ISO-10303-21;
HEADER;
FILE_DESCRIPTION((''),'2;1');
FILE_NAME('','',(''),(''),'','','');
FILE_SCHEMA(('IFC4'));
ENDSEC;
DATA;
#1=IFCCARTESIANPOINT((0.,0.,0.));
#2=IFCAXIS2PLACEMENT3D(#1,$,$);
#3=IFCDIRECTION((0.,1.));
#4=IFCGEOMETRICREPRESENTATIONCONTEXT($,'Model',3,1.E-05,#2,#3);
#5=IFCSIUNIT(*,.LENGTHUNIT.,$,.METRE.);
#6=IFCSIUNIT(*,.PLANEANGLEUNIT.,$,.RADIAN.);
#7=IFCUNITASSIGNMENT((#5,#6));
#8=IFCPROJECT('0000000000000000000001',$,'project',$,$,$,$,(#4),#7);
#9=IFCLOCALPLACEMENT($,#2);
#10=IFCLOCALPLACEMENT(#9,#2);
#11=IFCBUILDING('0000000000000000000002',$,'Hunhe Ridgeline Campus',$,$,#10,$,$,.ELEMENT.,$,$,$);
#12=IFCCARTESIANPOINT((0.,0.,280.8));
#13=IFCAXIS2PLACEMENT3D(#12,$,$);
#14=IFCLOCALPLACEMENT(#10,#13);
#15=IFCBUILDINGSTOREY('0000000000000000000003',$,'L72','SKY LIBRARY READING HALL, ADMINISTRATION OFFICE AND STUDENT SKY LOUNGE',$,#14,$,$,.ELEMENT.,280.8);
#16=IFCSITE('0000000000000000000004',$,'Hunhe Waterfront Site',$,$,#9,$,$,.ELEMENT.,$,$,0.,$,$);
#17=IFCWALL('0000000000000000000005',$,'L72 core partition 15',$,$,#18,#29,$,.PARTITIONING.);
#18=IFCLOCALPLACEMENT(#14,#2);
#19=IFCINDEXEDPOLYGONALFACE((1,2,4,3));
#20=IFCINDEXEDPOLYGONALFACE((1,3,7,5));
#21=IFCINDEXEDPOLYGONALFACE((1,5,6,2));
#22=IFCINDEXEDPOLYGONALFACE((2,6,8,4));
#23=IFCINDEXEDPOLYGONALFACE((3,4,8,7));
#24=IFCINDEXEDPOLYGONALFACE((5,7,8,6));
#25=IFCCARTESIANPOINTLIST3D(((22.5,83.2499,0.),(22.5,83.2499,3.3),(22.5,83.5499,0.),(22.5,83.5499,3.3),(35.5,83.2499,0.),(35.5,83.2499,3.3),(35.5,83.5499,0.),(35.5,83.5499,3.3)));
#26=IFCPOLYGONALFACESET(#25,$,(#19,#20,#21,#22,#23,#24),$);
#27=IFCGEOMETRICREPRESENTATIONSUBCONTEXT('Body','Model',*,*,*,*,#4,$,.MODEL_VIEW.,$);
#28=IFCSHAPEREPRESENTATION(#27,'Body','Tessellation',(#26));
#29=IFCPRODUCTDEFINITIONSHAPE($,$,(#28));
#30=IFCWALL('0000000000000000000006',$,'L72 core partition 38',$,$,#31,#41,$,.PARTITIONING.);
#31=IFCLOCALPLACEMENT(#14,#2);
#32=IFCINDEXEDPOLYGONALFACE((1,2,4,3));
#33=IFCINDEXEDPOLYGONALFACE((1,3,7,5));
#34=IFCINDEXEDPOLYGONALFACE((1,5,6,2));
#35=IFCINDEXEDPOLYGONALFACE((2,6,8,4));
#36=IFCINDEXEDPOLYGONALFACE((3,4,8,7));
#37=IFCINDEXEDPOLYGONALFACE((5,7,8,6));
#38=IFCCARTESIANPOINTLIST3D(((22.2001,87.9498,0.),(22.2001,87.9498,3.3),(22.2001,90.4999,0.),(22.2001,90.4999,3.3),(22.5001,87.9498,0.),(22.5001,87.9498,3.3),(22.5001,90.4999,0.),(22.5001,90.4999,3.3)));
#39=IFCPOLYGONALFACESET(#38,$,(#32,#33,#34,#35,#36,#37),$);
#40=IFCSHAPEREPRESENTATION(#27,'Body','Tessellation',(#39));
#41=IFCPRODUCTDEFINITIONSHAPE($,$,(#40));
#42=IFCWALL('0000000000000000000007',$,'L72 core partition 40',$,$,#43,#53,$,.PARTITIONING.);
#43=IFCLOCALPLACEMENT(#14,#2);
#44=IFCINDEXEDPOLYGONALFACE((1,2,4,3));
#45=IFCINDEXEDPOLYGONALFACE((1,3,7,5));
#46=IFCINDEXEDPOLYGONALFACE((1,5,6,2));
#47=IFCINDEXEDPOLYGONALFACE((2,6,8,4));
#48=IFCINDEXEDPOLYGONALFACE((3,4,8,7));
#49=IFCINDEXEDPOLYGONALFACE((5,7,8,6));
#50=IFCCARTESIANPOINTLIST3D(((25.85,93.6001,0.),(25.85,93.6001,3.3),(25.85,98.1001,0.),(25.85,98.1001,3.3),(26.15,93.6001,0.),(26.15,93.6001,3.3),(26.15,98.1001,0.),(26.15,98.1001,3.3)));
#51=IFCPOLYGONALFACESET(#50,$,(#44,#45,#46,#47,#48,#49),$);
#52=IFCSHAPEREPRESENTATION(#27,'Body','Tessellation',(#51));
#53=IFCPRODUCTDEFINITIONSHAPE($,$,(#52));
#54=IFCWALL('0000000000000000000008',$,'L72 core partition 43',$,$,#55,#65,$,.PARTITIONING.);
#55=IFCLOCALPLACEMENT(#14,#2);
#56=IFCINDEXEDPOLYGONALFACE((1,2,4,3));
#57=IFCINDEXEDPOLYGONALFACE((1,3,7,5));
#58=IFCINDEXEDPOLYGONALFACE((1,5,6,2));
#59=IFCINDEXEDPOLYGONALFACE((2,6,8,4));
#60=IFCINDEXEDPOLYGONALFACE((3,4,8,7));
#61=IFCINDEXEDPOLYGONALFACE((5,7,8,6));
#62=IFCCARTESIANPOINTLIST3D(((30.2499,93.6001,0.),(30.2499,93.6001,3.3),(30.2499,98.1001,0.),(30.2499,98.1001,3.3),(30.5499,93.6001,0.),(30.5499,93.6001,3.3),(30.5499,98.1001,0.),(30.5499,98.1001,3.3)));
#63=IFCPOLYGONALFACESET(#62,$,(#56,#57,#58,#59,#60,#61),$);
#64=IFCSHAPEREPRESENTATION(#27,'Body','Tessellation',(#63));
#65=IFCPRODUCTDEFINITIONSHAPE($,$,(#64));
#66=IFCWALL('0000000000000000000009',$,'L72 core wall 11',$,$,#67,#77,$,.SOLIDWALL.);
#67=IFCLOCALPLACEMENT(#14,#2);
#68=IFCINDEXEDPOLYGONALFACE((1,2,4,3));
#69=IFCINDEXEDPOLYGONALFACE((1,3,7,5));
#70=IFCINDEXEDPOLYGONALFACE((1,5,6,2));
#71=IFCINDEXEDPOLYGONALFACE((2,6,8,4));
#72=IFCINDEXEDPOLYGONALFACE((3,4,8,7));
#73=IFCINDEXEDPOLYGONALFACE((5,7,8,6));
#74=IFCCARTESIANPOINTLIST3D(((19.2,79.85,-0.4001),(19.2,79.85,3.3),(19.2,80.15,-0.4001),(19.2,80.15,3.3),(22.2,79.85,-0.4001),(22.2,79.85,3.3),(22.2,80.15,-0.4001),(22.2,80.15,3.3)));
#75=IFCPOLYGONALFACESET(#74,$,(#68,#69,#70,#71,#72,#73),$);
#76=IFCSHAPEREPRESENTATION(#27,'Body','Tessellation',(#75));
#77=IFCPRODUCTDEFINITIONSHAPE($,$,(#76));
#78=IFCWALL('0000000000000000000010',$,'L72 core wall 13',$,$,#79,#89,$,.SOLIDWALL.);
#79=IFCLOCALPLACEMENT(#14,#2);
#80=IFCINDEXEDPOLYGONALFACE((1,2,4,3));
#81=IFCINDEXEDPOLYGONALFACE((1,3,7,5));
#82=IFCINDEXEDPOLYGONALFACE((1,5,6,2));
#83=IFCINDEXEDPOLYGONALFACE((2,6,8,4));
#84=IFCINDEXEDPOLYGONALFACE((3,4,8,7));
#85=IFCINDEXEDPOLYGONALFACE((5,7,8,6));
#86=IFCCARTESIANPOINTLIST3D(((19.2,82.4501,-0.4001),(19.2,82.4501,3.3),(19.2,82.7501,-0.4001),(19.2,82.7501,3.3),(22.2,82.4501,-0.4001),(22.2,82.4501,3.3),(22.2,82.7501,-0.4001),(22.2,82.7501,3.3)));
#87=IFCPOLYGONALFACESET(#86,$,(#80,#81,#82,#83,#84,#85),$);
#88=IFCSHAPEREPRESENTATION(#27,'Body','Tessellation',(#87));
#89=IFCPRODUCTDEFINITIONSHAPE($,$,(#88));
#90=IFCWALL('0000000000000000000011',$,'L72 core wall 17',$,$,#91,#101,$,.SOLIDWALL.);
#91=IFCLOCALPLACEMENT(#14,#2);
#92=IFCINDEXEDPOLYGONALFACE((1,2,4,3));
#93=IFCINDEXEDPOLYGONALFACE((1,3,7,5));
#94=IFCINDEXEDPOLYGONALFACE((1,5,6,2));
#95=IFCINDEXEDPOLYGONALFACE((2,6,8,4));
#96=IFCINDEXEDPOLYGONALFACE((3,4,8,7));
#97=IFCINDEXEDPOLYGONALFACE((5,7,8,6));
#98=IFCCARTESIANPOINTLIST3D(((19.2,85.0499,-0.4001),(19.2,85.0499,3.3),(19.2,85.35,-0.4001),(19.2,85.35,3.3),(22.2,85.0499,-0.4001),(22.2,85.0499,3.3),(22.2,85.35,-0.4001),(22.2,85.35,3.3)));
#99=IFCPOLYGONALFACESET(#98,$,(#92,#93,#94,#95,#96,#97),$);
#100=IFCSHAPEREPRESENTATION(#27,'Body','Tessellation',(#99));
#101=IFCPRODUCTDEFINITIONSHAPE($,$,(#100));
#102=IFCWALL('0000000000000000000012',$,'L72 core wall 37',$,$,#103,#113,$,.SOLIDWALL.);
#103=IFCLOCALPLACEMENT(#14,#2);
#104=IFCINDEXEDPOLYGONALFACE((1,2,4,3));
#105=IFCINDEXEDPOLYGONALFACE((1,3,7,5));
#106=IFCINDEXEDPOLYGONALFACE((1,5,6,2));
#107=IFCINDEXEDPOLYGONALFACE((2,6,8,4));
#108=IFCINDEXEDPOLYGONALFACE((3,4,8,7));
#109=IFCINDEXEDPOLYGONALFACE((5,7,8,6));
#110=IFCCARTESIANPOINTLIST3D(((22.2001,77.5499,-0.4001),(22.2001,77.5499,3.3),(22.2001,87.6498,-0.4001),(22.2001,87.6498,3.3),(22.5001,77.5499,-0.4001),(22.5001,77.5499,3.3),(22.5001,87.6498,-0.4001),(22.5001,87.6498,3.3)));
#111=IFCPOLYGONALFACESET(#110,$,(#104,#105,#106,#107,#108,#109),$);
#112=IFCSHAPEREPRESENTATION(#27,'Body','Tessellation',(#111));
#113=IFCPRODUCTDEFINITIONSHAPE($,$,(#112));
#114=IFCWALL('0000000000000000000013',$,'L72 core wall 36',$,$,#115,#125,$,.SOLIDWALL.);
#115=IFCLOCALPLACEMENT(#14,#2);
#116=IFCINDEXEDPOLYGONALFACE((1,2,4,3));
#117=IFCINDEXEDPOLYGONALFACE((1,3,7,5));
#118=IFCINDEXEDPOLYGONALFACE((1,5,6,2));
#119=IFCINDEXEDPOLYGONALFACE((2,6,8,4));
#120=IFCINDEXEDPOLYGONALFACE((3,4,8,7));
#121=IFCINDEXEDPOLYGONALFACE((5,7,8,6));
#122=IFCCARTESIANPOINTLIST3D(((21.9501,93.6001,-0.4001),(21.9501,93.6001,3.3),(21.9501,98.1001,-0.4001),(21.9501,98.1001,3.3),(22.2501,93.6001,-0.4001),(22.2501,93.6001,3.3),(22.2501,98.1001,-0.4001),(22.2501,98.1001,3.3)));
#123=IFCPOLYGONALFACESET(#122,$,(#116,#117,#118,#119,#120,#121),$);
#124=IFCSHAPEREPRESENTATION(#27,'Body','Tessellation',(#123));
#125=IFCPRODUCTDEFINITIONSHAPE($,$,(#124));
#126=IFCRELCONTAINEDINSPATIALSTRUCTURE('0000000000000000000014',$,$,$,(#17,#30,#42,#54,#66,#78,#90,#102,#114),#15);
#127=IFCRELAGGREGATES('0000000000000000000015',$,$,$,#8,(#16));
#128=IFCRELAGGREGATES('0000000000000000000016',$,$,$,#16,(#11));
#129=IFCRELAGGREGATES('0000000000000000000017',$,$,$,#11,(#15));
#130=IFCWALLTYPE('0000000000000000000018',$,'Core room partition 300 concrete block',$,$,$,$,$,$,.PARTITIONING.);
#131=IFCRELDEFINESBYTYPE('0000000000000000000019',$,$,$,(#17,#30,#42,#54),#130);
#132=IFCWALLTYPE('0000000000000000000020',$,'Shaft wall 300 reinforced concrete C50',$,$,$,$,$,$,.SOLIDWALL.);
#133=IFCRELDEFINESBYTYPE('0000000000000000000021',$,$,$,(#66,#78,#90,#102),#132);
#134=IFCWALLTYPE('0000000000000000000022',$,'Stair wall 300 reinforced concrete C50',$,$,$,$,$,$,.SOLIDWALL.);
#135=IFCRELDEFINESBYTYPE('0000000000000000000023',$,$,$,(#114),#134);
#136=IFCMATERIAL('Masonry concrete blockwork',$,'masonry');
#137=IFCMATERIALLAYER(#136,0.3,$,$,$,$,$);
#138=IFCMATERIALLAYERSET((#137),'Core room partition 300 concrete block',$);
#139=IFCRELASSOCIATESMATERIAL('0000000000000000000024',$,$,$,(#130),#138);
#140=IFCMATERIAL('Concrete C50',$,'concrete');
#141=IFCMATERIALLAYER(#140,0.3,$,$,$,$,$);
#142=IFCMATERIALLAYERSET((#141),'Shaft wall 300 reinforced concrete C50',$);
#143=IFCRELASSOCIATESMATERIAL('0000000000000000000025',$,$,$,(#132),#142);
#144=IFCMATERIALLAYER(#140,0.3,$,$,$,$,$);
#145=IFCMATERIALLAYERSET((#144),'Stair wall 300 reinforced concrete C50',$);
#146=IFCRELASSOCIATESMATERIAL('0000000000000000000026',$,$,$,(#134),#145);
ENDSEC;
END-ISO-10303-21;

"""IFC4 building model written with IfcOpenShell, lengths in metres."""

from ifc_helpers import new_model, si_unit, direction, frame, frame_2d, origin, place, context, subcontext, project, spatial, rectangle, extrude, material, layer, layer_set, type_object, element, save


model = new_model("IFC4")

# Units and contexts
model_context = context("Model", 3, precision=1e-05, world=origin(), true_north=direction((0.0, 1.0)))
body_context = subcontext(model_context, "Body", "Model", "MODEL_VIEW")
ifc_project = project(units=[si_unit("LENGTHUNIT", "METRE"), si_unit("PLANEANGLEUNIT", "RADIAN")], contexts=[model_context])

# Site, building, storey
site_placement = place(None, origin())
site = spatial("IfcSite", under=ifc_project, at=site_placement, Name="Hunhe Waterfront Site", CompositionType="ELEMENT", RefElevation=0.0)
building_placement = place(site_placement, origin())
building = spatial("IfcBuilding", under=site, at=building_placement, Name="Hunhe Ridgeline Campus", CompositionType="ELEMENT")
storey_placement = place(building_placement, frame((0.0, 0.0, 280.8)))
storey = spatial("IfcBuildingStorey", under=building, at=storey_placement, Name="L72", Description="SKY LIBRARY READING HALL, ADMINISTRATION OFFICE AND STUDENT SKY LOUNGE", CompositionType="ELEMENT", Elevation=280.8)

# Walls
ifc_material_1 = material(Name="Masonry concrete blockwork", Category="masonry")
ifc_layer_1 = layer(ifc_material_1, 0.3)
ifc_layer_set_1 = layer_set([ifc_layer_1], Name="Core room partition 300 concrete block")
wall_type_1 = type_object("IfcWallType", Name="Core room partition 300 concrete block", PredefinedType="PARTITIONING", material=ifc_layer_set_1)
wall_1_placement = place(storey_placement, frame((22.5, 83.3999, 0.0), z_axis=(0.0, 0.0, 1.0), x_axis=(1.0, 0.0, 0.0)))
element("IfcWall", 1, at=wall_1_placement, inside=storey, type_object=wall_type_1, Name="L72 core partition 15", PredefinedType="PARTITIONING", context=body_context, shape_type="SweptSolid", body=[
    extrude(rectangle(XDim=13.0, YDim=0.3, at=frame_2d((6.5, 0.0))), origin(), (0.0, 0.0, 1.0), 3.3),
])
wall_2_placement = place(storey_placement, frame((22.3501, 87.95, 0.0), z_axis=(0.0, 0.0, 1.0), x_axis=(0.0, 1.0, 0.0)))
element("IfcWall", 2, at=wall_2_placement, inside=storey, type_object=wall_type_1, Name="L72 core partition 38", PredefinedType="PARTITIONING", context=body_context, shape_type="SweptSolid", body=[
    extrude(rectangle(XDim=2.55, YDim=0.3, at=frame_2d((1.2749, 0.0))), origin(), (0.0, 0.0, 1.0), 3.3),
])
for number, where, z_axis, x_axis, name in (
    (3, (26.0, 93.6001, 0.0), (0.0, 0.0, 1.0), (0.0, 1.0, 0.0), "L72 core partition 40"),
    (4, (30.3999, 93.6001, 0.0), (0.0, 0.0, 1.0), (0.0, 1.0, 0.0), "L72 core partition 43"),
):
    element("IfcWall", number, at=place(storey_placement, frame(where, z_axis=z_axis, x_axis=x_axis)), inside=storey, type_object=wall_type_1, Name=name, PredefinedType="PARTITIONING", context=body_context, shape_type="SweptSolid", body=[
        extrude(rectangle(XDim=4.5, YDim=0.3, at=frame_2d((2.25, 0.0))), origin(), (0.0, 0.0, 1.0), 3.3),
    ])
ifc_material_2 = material(Name="Concrete C50", Category="concrete")
ifc_layer_2 = layer(ifc_material_2, 0.3)
ifc_layer_set_2 = layer_set([ifc_layer_2], Name="Shaft wall 300 reinforced concrete C50")
wall_type_2 = type_object("IfcWallType", Name="Shaft wall 300 reinforced concrete C50", PredefinedType="SOLIDWALL", material=ifc_layer_set_2)
for number, where, z_axis, x_axis, name in (
    (5, (19.2, 80.0, -0.4001), (0.0, 0.0, 1.0), (1.0, 0.0, 0.0), "L72 core wall 11"),
    (6, (19.2, 82.6001, -0.4001), (0.0, 0.0, 1.0), (1.0, 0.0, 0.0), "L72 core wall 13"),
    (7, (19.2, 85.2, -0.4001), (0.0, 0.0, 1.0), (1.0, 0.0, 0.0), "L72 core wall 17"),
):
    element("IfcWall", number, at=place(storey_placement, frame(where, z_axis=z_axis, x_axis=x_axis)), inside=storey, type_object=wall_type_2, Name=name, PredefinedType="SOLIDWALL", context=body_context, shape_type="SweptSolid", body=[
        extrude(rectangle(XDim=3.0, YDim=0.3, at=frame_2d((1.5, 0.0))), origin(), (0.0, 0.0, 1.0), 3.7002),
    ])

# Walls
wall_3_placement = place(storey_placement, frame((22.3501, 77.55, -0.4001), z_axis=(0.0, 0.0, 1.0), x_axis=(0.0, 1.0, 0.0)))
element("IfcWall", 8, at=wall_3_placement, inside=storey, type_object=wall_type_2, Name="L72 core wall 37", PredefinedType="SOLIDWALL", context=body_context, shape_type="SweptSolid", body=[
    extrude(rectangle(XDim=10.0999, YDim=0.3, at=frame_2d((5.0498, 0.0))), origin(), (0.0, 0.0, 1.0), 3.7002),
])
ifc_layer_3 = layer(ifc_material_2, 0.3)
ifc_layer_set_3 = layer_set([ifc_layer_3], Name="Stair wall 300 reinforced concrete C50")
wall_type_3 = type_object("IfcWallType", Name="Stair wall 300 reinforced concrete C50", PredefinedType="SOLIDWALL", material=ifc_layer_set_3)
wall_4_placement = place(storey_placement, frame((22.1001, 93.6001, -0.4001), z_axis=(0.0, 0.0, 1.0), x_axis=(0.0, 1.0, 0.0)))
element("IfcWall", 9, at=wall_4_placement, inside=storey, type_object=wall_type_3, Name="L72 core wall 36", PredefinedType="SOLIDWALL", context=body_context, shape_type="SweptSolid", body=[
    extrude(rectangle(XDim=4.5, YDim=0.3, at=frame_2d((2.25, 0.0))), origin(), (0.0, 0.0, 1.0), 3.7002),
])

save(model, "model.ifc")
